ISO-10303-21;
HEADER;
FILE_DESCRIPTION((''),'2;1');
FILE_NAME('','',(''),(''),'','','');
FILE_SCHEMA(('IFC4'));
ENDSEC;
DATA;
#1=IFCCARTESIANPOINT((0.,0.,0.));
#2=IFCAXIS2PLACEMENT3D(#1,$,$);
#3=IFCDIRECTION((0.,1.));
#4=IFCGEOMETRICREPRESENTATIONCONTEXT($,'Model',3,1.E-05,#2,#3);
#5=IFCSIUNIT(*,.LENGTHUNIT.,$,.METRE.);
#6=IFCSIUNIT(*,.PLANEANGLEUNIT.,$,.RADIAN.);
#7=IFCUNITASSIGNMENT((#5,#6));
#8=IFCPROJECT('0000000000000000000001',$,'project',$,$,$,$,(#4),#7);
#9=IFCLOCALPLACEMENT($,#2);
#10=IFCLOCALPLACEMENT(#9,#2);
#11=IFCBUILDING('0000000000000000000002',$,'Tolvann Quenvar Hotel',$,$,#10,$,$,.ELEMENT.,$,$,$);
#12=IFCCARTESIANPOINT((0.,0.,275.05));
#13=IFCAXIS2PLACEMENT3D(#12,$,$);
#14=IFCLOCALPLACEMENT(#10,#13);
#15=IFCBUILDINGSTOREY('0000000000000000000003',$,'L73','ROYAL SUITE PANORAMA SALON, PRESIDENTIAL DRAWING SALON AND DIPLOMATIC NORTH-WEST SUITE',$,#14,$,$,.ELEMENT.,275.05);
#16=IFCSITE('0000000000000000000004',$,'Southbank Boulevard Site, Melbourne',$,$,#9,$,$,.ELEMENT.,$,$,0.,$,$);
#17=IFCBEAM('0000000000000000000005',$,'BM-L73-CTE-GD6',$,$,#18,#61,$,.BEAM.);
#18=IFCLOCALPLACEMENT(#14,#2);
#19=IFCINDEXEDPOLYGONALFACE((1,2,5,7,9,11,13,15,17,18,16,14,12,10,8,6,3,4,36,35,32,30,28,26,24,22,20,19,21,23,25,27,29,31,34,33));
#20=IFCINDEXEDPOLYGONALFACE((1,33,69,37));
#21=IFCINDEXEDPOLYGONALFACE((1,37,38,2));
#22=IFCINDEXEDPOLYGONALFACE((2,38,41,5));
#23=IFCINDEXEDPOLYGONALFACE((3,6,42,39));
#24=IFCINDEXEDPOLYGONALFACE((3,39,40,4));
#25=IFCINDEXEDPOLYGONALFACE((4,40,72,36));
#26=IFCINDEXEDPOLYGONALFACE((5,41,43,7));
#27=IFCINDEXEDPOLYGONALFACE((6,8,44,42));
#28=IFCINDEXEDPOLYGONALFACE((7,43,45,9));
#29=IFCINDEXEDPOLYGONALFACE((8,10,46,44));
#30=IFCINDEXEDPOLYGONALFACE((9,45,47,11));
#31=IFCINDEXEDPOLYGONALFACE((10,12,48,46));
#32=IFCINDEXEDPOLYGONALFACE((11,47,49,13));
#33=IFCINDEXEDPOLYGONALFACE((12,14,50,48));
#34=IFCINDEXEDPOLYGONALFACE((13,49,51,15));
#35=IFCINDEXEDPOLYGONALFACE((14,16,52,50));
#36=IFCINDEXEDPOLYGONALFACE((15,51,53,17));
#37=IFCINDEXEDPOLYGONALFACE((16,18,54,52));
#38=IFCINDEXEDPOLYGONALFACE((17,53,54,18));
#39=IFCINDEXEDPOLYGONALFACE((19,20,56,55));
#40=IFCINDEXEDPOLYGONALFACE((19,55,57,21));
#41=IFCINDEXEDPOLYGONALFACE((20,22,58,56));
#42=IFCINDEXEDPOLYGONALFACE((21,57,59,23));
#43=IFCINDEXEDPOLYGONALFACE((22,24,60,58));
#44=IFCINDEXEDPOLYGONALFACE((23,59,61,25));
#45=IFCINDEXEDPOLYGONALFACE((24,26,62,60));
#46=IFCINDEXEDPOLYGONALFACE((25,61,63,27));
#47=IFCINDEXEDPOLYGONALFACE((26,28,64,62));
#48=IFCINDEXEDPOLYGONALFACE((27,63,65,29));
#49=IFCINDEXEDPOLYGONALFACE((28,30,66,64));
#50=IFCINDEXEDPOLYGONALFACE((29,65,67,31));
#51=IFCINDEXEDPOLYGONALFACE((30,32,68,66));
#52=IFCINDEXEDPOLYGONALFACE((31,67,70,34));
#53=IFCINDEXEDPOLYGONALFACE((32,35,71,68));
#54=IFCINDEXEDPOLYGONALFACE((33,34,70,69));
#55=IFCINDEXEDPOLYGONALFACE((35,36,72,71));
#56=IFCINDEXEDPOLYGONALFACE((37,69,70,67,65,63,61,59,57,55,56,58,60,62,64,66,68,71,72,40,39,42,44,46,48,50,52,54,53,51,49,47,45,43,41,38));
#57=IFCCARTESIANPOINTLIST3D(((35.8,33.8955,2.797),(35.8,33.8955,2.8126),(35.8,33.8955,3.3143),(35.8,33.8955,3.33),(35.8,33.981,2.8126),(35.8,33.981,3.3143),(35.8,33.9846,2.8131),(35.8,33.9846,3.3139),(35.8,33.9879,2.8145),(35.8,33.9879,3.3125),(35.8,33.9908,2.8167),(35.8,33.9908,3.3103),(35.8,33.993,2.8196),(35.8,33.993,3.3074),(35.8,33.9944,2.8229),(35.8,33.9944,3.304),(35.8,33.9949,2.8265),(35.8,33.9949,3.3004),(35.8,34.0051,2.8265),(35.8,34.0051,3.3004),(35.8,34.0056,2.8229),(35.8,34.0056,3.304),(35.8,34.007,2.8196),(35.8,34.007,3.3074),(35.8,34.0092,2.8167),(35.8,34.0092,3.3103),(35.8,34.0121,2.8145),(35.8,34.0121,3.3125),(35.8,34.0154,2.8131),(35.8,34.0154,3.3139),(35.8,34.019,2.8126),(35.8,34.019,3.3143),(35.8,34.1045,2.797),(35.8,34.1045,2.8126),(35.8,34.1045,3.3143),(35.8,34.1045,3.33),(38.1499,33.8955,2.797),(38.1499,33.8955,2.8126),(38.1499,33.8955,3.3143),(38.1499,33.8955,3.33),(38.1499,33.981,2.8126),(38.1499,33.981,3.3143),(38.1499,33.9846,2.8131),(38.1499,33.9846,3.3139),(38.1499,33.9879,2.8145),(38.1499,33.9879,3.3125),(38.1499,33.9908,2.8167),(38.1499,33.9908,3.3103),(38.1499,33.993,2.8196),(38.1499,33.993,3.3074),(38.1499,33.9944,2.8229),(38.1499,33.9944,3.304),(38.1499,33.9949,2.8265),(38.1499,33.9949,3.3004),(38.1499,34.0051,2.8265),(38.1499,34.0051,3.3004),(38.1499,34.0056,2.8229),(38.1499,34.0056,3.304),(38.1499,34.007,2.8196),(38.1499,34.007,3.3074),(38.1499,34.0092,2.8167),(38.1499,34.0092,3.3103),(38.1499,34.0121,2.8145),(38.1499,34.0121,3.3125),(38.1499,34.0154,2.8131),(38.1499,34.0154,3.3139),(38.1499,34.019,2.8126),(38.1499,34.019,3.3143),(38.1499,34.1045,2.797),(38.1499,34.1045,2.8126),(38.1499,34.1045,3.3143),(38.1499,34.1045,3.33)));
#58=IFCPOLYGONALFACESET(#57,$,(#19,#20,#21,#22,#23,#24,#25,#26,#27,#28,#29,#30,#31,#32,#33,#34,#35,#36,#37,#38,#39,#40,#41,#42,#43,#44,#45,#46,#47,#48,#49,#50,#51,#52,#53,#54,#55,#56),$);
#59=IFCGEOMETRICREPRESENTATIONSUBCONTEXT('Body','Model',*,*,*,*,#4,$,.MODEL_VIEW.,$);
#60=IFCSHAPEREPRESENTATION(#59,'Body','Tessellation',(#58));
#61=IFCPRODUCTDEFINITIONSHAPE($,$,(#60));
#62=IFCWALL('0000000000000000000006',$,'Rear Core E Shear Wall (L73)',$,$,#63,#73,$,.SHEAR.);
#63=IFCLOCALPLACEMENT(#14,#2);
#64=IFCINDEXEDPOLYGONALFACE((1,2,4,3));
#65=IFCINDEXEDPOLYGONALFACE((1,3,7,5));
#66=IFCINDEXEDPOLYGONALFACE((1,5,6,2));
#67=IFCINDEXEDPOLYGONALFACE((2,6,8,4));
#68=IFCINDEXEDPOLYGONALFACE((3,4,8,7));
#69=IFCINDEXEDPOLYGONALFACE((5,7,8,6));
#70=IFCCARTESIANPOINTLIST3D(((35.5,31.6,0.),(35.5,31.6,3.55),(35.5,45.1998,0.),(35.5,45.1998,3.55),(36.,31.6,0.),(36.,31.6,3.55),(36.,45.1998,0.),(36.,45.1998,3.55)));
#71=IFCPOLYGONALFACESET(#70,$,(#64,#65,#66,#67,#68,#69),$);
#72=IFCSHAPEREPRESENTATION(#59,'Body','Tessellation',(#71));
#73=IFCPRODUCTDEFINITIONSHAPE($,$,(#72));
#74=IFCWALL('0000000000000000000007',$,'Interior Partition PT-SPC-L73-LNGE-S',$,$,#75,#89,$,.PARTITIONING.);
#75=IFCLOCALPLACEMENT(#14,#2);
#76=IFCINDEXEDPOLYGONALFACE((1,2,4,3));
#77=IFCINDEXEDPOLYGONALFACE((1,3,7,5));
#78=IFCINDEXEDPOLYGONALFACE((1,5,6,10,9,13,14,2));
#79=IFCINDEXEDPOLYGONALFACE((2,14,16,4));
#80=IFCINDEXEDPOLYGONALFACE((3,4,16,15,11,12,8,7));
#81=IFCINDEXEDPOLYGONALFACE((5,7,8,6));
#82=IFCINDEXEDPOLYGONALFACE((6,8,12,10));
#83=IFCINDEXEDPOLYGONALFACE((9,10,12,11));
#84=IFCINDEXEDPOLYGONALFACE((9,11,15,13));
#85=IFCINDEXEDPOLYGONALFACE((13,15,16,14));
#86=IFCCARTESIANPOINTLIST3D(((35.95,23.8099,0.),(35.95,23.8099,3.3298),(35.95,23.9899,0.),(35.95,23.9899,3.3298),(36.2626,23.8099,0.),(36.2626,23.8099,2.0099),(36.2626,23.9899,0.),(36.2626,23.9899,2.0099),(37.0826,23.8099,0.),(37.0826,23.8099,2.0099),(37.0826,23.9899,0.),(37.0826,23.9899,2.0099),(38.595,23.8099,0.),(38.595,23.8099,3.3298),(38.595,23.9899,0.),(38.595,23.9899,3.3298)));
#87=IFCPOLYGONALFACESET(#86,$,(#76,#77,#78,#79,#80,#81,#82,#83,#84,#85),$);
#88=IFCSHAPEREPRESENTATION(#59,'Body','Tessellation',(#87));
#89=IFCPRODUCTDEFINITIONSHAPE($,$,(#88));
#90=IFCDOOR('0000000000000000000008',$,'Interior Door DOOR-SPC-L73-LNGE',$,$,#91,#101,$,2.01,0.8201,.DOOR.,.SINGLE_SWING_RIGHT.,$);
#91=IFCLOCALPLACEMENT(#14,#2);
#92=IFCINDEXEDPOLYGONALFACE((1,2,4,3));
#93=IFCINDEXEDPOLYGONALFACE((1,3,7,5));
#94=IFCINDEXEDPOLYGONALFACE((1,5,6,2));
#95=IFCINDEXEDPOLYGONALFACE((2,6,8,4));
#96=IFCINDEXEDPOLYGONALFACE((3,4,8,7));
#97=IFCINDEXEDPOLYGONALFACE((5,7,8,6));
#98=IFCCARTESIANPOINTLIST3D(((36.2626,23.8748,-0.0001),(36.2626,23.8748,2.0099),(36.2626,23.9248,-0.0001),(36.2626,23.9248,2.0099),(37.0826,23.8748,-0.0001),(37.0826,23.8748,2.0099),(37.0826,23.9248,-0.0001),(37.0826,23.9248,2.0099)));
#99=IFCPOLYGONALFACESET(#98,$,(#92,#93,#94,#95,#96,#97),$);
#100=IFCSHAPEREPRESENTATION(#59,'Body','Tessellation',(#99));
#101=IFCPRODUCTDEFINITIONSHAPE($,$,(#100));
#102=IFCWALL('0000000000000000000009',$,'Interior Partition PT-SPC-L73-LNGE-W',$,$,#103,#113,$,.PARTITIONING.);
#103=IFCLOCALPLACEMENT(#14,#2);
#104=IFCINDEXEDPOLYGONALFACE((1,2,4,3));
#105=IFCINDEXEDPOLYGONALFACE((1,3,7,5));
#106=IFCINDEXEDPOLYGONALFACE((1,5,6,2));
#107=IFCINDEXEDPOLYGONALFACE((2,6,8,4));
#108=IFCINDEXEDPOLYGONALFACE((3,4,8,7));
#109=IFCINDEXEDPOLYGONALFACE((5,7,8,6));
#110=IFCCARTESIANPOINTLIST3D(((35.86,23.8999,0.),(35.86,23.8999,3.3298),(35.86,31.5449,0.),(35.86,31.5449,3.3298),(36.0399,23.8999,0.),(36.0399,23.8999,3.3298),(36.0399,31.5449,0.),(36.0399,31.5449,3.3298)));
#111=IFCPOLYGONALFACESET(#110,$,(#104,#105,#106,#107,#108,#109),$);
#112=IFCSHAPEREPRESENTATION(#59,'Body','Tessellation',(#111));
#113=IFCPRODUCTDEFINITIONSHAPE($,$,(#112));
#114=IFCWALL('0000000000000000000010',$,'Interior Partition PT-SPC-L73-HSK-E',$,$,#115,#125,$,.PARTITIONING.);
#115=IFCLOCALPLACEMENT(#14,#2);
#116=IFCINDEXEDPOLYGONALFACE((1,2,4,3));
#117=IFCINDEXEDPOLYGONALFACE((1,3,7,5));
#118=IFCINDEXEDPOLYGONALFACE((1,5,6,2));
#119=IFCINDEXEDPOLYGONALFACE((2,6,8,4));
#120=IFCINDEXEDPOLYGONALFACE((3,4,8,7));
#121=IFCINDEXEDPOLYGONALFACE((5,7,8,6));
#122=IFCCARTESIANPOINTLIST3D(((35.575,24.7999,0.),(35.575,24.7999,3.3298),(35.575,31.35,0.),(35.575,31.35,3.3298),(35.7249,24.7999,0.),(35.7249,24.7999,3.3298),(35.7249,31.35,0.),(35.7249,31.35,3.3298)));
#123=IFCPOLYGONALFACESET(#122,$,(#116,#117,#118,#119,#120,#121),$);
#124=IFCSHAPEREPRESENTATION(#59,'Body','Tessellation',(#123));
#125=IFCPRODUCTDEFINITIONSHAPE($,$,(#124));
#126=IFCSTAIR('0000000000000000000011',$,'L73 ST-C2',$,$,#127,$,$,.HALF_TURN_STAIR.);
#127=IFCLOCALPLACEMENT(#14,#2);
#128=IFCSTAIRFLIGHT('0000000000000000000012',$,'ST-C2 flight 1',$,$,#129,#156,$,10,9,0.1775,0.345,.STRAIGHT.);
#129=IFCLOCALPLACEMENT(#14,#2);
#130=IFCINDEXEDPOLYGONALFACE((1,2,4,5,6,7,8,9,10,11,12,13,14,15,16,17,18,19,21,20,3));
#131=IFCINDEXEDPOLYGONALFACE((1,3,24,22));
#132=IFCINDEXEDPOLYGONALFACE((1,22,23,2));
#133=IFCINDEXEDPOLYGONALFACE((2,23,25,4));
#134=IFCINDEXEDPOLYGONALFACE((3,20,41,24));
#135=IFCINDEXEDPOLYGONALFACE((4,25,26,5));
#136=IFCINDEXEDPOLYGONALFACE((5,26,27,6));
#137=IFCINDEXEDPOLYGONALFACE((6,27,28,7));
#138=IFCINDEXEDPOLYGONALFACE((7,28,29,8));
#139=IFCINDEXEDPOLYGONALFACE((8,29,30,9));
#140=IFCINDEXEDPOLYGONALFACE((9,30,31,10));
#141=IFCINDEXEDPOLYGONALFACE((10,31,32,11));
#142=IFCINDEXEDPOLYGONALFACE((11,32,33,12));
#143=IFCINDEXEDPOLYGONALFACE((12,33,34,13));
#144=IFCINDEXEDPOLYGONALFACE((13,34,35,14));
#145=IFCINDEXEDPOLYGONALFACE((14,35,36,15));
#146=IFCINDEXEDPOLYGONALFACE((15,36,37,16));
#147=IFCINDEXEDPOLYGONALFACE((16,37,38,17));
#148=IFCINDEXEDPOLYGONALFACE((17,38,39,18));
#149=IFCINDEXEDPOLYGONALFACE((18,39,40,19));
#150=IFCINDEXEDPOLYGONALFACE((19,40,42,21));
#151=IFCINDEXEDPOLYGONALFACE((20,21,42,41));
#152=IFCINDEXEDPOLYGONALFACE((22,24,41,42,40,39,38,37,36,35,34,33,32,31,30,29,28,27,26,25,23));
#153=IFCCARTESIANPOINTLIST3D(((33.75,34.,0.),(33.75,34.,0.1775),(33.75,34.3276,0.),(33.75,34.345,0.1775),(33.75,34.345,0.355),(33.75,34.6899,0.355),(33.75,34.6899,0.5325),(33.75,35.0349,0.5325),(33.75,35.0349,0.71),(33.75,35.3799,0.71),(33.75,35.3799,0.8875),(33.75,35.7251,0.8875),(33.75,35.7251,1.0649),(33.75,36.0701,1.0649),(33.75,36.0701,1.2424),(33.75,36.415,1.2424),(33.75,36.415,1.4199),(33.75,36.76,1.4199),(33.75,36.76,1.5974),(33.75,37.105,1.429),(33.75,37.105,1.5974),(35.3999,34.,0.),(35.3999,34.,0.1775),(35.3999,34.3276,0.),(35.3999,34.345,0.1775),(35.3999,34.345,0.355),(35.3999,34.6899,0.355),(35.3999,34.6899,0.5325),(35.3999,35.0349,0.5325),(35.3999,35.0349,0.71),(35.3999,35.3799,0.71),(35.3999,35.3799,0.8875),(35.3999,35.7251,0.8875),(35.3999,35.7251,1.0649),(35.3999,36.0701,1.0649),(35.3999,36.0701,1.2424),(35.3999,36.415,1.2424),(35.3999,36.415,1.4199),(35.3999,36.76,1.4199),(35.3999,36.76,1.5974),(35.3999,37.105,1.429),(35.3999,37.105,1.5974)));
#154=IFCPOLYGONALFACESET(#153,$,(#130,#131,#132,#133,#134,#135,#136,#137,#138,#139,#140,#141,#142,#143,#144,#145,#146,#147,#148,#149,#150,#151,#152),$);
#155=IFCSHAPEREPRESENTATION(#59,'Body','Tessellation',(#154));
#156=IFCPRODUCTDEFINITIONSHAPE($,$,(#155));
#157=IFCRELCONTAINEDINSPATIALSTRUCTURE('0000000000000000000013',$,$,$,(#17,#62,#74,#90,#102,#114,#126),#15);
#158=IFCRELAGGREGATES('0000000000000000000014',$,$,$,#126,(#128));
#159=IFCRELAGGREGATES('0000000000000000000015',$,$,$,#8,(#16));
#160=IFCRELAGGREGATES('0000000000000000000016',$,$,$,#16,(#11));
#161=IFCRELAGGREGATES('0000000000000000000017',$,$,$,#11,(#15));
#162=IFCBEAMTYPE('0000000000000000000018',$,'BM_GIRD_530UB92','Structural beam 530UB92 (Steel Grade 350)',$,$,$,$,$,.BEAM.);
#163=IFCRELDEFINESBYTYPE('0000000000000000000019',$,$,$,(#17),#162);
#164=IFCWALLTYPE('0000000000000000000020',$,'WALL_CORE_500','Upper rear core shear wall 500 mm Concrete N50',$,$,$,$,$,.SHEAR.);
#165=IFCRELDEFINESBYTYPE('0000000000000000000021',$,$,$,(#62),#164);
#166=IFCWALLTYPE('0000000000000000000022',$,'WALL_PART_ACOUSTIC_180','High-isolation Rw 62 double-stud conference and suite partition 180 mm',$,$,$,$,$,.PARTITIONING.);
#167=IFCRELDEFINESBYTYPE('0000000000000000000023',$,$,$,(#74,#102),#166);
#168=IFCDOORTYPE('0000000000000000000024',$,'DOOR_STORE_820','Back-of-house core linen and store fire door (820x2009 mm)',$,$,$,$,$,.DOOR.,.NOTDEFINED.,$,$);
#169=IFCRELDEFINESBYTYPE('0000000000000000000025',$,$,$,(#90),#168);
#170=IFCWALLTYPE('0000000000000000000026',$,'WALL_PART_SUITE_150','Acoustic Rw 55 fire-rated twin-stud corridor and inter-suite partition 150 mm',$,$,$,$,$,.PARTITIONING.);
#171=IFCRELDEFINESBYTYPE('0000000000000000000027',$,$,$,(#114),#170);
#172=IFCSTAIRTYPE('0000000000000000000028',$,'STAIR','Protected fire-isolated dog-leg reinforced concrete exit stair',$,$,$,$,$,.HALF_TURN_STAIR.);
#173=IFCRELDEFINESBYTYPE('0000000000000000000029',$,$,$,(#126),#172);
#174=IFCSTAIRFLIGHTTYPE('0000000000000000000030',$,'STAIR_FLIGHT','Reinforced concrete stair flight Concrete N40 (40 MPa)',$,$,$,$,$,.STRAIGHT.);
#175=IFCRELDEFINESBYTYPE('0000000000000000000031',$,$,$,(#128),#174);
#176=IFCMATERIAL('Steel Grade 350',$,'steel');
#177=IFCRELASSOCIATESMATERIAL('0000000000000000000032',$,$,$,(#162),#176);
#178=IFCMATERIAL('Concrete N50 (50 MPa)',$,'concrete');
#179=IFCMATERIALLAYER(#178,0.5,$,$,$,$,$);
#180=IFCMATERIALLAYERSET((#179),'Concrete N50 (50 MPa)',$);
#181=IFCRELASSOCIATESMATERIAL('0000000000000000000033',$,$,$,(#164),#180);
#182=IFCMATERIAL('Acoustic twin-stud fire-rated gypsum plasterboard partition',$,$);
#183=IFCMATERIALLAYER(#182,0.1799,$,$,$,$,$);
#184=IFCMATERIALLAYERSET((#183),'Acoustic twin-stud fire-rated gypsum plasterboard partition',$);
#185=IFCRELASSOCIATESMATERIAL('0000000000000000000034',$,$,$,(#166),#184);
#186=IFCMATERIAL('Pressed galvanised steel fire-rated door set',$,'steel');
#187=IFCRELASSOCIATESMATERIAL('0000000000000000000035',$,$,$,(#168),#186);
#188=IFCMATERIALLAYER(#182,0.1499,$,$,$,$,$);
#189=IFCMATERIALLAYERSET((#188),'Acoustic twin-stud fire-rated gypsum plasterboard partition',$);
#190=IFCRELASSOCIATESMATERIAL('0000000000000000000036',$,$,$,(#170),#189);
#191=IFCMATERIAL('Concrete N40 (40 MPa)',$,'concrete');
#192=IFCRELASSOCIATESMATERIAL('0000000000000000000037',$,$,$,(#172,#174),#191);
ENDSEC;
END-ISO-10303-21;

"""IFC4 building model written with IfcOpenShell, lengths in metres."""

from ifc_helpers import new_model, si_unit, direction, frame, frame_2d, origin, origin_2d, place, context, subcontext, project, spatial, polyline, rectangle, i_section, outline, extrude, source, transform, mapped, material, layer, layer_set, material_profile, profile_set, type_object, type_shapes, element, fill, aggregate, save


model = new_model("IFC4")

# Units and contexts
model_context = context("Model", 3, precision=1e-05, world=origin(), true_north=direction((0.0, 1.0)))
body_context = subcontext(model_context, "Body", "Model", "MODEL_VIEW")
ifc_project = project(units=[si_unit("LENGTHUNIT", "METRE"), si_unit("PLANEANGLEUNIT", "RADIAN")], contexts=[model_context])

# Site, building, storey
site_placement = place(None, origin())
site = spatial("IfcSite", under=ifc_project, at=site_placement, Name="Southbank Boulevard Site, Melbourne", CompositionType="ELEMENT", RefElevation=0.0)
building_placement = place(site_placement, origin())
building = spatial("IfcBuilding", under=site, at=building_placement, Name="Tolvann Quenvar Hotel", CompositionType="ELEMENT")
storey_placement = place(building_placement, frame((0.0, 0.0, 275.05)))
storey = spatial("IfcBuildingStorey", under=building, at=storey_placement, Name="L73", Description="ROYAL SUITE PANORAMA SALON, PRESIDENTIAL DRAWING SALON AND DIPLOMATIC NORTH-WEST SUITE", CompositionType="ELEMENT", Elevation=275.05)

# Shared definitions
ifc_material_1 = material(Name="Steel Grade 350", Category="steel")

# Beam
ifc_material_profile_1 = material_profile(ifc_material_1, i_section(OverallWidth=0.209, OverallDepth=0.533, WebThickness=0.0103, FlangeThickness=0.0156, FilletRadius=0.0139, at=origin_2d()), Name="530UB92")
ifc_profile_set_1 = profile_set([ifc_material_profile_1], Name="Steel Grade 350")
beam_type_1 = type_object("IfcBeamType", Name="BM_GIRD_530UB92", Description="Structural beam 530UB92 (Steel Grade 350)", PredefinedType="BEAM", material=ifc_profile_set_1)
shared_shape_1 = source(origin(), body_context, "Body", "SweptSolid", [
    extrude(i_section(OverallWidth=0.209, OverallDepth=0.533, WebThickness=0.0103, FlangeThickness=0.0156, FilletRadius=0.0139, at=origin_2d()), origin(), (0.0, 0.0, 1.0), 2.3499),
])
beam_1_placement = place(storey_placement, frame((35.8, 34.0, 3.0635), z_axis=(1.0, 0.0, 0.0), x_axis=(0.0, 1.0, 0.0)))
element("IfcBeam", 1, at=beam_1_placement, inside=storey, type_object=beam_type_1, Name="BM-L73-CTE-GD6", PredefinedType="BEAM", context=body_context, shape_type="MappedRepresentation", body=[
    mapped(shared_shape_1, transform((0.0, 0.0, 0.0), x_axis=(1.0, 0.0, 0.0), y_axis=(0.0, 1.0, 0.0), z_axis=(0.0, 0.0, 1.0), scale=1.0)),
])

# Wall
ifc_material_2 = material(Name="Concrete N50 (50 MPa)", Category="concrete")
ifc_layer_1 = layer(ifc_material_2, 0.5)
ifc_layer_set_1 = layer_set([ifc_layer_1], Name="Concrete N50 (50 MPa)")
wall_type_1 = type_object("IfcWallType", Name="WALL_CORE_500", Description="Upper rear core shear wall 500 mm Concrete N50", PredefinedType="SHEAR", material=ifc_layer_set_1)
wall_1_placement = place(storey_placement, frame((35.75, 31.6001, 0.0), z_axis=(0.0, 0.0, 1.0), x_axis=(0.0, 1.0, 0.0)))
element("IfcWall", 2, at=wall_1_placement, inside=storey, type_object=wall_type_1, Name="Rear Core E Shear Wall (L73)", PredefinedType="SHEAR", context=body_context, shape_type="SweptSolid", body=[
    extrude(rectangle(XDim=13.5999, YDim=0.5, at=frame_2d((6.7998, 0.0))), origin(), (0.0, 0.0, 1.0), 3.55),
])

# Wall, opening, door
ifc_material_3 = material(Name="Acoustic twin-stud fire-rated gypsum plasterboard partition")
ifc_layer_2 = layer(ifc_material_3, 0.1799)
ifc_layer_set_2 = layer_set([ifc_layer_2], Name="Acoustic twin-stud fire-rated gypsum plasterboard partition")
wall_type_2 = type_object("IfcWallType", Name="WALL_PART_ACOUSTIC_180", Description="High-isolation Rw 62 double-stud conference and suite partition 180 mm", PredefinedType="PARTITIONING", material=ifc_layer_set_2)
wall_2_placement = place(storey_placement, frame((35.95, 23.8999, 0.0), z_axis=(0.0, 0.0, 1.0), x_axis=(1.0, 0.0, 0.0)))
wall_2 = element("IfcWall", 3, at=wall_2_placement, inside=storey, type_object=wall_type_2, Name="Interior Partition PT-SPC-L73-LNGE-S", PredefinedType="PARTITIONING", context=body_context, shape_type="SweptSolid", body=[
    extrude(rectangle(XDim=2.645, YDim=0.1799, at=frame_2d((1.3225, 0.0))), origin(), (0.0, 0.0, 1.0), 3.3298),
])
opening_placement = place(wall_2_placement, frame((0.3125, 0.0, 0.0)))
opening = element("IfcOpeningElement", 4, at=opening_placement, cuts=wall_2, PredefinedType="OPENING", context=body_context, shape_type="SweptSolid", body=[
    extrude(rectangle(XDim=0.8201, YDim=2.01, at=frame_2d((0.4102, 1.0049))), frame((0.0, 0.1001, 0.0), z_axis=(0.0, -1.0, 0.0), x_axis=(1.0, 0.0, 0.0)), (0.0, 0.0, 1.0), 0.2),
])
ifc_material_4 = material(Name="Pressed galvanised steel fire-rated door set", Category="steel")
door_type = type_object("IfcDoorType", Name="DOOR_STORE_820", Description="Back-of-house core linen and store fire door (820x2009 mm)", OperationType="NOTDEFINED", PredefinedType="DOOR", material=ifc_material_4)
shared_shape_2 = source(origin(), body_context, "Body", "SweptSolid", [
    extrude(rectangle(XDim=0.8201, YDim=2.01, at=frame_2d((0.4102, 1.0049))), frame((0.0, 0.0249, 0.0), z_axis=(0.0, -1.0, 0.0), x_axis=(1.0, 0.0, 0.0)), (0.0, 0.0, 1.0), 0.05),
])
type_shapes(door_type, [shared_shape_2])
door_placement = place(opening_placement, origin())
door = element("IfcDoor", 5, at=door_placement, inside=storey, type_object=door_type, Name="Interior Door DOOR-SPC-L73-LNGE", OperationType="SINGLE_SWING_RIGHT", OverallHeight=2.01, OverallWidth=0.8201, PredefinedType="DOOR", context=body_context, shape_type="MappedRepresentation", body=[
    mapped(shared_shape_2, transform((0.0, 0.0, 0.0), x_axis=(1.0, 0.0, 0.0), y_axis=(0.0, 1.0, 0.0), z_axis=(0.0, 0.0, 1.0), scale=1.0)),
])
fill(opening, door)

# Walls
wall_3_placement = place(storey_placement, frame((35.95, 23.8999, 0.0), z_axis=(0.0, 0.0, 1.0), x_axis=(0.0, 1.0, 0.0)))
element("IfcWall", 6, at=wall_3_placement, inside=storey, type_object=wall_type_2, Name="Interior Partition PT-SPC-L73-LNGE-W", PredefinedType="PARTITIONING", context=body_context, shape_type="SweptSolid", body=[
    extrude(rectangle(XDim=7.645, YDim=0.1799, at=frame_2d((3.8225, 0.0))), origin(), (0.0, 0.0, 1.0), 3.3298),
])
ifc_layer_3 = layer(ifc_material_3, 0.1499)
ifc_layer_set_3 = layer_set([ifc_layer_3], Name="Acoustic twin-stud fire-rated gypsum plasterboard partition")
wall_type_3 = type_object("IfcWallType", Name="WALL_PART_SUITE_150", Description="Acoustic Rw 55 fire-rated twin-stud corridor and inter-suite partition 150 mm", PredefinedType="PARTITIONING", material=ifc_layer_set_3)
wall_4_placement = place(storey_placement, frame((35.6499, 24.8, 0.0), z_axis=(0.0, 0.0, 1.0), x_axis=(0.0, 1.0, 0.0)))
element("IfcWall", 7, at=wall_4_placement, inside=storey, type_object=wall_type_3, Name="Interior Partition PT-SPC-L73-HSK-E", PredefinedType="PARTITIONING", context=body_context, shape_type="SweptSolid", body=[
    extrude(rectangle(XDim=6.55, YDim=0.1499, at=frame_2d((3.2749, 0.0))), origin(), (0.0, 0.0, 1.0), 3.3298),
])

# Stair, stair flight
ifc_material_5 = material(Name="Concrete N40 (40 MPa)", Category="concrete")
stair_type = type_object("IfcStairType", Name="STAIR", Description="Protected fire-isolated dog-leg reinforced concrete exit stair", PredefinedType="HALF_TURN_STAIR", material=ifc_material_5)
stair_placement = place(storey_placement, origin())
stair = element("IfcStair", 8, at=stair_placement, inside=storey, type_object=stair_type, Name="L73 ST-C2", PredefinedType="HALF_TURN_STAIR")
stair_flight_type = type_object("IfcStairFlightType", Name="STAIR_FLIGHT", Description="Reinforced concrete stair flight Concrete N40 (40 MPa)", PredefinedType="STRAIGHT", material=ifc_material_5)
stair_flight_placement = place(storey_placement, frame((34.575, 34.0, 0.0), z_axis=(0.0, 0.0, 1.0), x_axis=(0.0, 1.0, 0.0)))
stair_flight = element("IfcStairFlight", 9, at=stair_flight_placement, type_object=stair_flight_type, Name="ST-C2 flight 1", NumberOfRisers=10, NumberOfTreads=9, PredefinedType="STRAIGHT", RiserHeight=0.1775, TreadLength=0.345, context=body_context, shape_type="SweptSolid", body=[
    extrude(outline(polyline([(0.0, 0.0), (0.0, 0.1775), (0.345, 0.1775), (0.345, 0.355), (0.6899, 0.355), (0.6899, 0.5325), (1.0349, 0.5325), (1.0349, 0.71), (1.3799, 0.71), (1.3799, 0.8875), (1.7251, 0.8875), (1.7251, 1.0649), (2.0701, 1.0649), (2.0701, 1.2424), (2.415, 1.2424), (2.415, 1.4199), (2.76, 1.4199), (2.76, 1.5974), (3.105, 1.5974), (3.105, 1.7749), (3.105, 1.429), (0.3276, 0.0), (0.0, 0.0)])), frame((0.0, 0.825, 0.0), z_axis=(0.0, -1.0, 0.0), x_axis=(1.0, 0.0, 0.0)), (0.0, 0.0, 1.0), 1.6499),
])
aggregate(stair, [stair_flight])

save(model, "model.ifc")
